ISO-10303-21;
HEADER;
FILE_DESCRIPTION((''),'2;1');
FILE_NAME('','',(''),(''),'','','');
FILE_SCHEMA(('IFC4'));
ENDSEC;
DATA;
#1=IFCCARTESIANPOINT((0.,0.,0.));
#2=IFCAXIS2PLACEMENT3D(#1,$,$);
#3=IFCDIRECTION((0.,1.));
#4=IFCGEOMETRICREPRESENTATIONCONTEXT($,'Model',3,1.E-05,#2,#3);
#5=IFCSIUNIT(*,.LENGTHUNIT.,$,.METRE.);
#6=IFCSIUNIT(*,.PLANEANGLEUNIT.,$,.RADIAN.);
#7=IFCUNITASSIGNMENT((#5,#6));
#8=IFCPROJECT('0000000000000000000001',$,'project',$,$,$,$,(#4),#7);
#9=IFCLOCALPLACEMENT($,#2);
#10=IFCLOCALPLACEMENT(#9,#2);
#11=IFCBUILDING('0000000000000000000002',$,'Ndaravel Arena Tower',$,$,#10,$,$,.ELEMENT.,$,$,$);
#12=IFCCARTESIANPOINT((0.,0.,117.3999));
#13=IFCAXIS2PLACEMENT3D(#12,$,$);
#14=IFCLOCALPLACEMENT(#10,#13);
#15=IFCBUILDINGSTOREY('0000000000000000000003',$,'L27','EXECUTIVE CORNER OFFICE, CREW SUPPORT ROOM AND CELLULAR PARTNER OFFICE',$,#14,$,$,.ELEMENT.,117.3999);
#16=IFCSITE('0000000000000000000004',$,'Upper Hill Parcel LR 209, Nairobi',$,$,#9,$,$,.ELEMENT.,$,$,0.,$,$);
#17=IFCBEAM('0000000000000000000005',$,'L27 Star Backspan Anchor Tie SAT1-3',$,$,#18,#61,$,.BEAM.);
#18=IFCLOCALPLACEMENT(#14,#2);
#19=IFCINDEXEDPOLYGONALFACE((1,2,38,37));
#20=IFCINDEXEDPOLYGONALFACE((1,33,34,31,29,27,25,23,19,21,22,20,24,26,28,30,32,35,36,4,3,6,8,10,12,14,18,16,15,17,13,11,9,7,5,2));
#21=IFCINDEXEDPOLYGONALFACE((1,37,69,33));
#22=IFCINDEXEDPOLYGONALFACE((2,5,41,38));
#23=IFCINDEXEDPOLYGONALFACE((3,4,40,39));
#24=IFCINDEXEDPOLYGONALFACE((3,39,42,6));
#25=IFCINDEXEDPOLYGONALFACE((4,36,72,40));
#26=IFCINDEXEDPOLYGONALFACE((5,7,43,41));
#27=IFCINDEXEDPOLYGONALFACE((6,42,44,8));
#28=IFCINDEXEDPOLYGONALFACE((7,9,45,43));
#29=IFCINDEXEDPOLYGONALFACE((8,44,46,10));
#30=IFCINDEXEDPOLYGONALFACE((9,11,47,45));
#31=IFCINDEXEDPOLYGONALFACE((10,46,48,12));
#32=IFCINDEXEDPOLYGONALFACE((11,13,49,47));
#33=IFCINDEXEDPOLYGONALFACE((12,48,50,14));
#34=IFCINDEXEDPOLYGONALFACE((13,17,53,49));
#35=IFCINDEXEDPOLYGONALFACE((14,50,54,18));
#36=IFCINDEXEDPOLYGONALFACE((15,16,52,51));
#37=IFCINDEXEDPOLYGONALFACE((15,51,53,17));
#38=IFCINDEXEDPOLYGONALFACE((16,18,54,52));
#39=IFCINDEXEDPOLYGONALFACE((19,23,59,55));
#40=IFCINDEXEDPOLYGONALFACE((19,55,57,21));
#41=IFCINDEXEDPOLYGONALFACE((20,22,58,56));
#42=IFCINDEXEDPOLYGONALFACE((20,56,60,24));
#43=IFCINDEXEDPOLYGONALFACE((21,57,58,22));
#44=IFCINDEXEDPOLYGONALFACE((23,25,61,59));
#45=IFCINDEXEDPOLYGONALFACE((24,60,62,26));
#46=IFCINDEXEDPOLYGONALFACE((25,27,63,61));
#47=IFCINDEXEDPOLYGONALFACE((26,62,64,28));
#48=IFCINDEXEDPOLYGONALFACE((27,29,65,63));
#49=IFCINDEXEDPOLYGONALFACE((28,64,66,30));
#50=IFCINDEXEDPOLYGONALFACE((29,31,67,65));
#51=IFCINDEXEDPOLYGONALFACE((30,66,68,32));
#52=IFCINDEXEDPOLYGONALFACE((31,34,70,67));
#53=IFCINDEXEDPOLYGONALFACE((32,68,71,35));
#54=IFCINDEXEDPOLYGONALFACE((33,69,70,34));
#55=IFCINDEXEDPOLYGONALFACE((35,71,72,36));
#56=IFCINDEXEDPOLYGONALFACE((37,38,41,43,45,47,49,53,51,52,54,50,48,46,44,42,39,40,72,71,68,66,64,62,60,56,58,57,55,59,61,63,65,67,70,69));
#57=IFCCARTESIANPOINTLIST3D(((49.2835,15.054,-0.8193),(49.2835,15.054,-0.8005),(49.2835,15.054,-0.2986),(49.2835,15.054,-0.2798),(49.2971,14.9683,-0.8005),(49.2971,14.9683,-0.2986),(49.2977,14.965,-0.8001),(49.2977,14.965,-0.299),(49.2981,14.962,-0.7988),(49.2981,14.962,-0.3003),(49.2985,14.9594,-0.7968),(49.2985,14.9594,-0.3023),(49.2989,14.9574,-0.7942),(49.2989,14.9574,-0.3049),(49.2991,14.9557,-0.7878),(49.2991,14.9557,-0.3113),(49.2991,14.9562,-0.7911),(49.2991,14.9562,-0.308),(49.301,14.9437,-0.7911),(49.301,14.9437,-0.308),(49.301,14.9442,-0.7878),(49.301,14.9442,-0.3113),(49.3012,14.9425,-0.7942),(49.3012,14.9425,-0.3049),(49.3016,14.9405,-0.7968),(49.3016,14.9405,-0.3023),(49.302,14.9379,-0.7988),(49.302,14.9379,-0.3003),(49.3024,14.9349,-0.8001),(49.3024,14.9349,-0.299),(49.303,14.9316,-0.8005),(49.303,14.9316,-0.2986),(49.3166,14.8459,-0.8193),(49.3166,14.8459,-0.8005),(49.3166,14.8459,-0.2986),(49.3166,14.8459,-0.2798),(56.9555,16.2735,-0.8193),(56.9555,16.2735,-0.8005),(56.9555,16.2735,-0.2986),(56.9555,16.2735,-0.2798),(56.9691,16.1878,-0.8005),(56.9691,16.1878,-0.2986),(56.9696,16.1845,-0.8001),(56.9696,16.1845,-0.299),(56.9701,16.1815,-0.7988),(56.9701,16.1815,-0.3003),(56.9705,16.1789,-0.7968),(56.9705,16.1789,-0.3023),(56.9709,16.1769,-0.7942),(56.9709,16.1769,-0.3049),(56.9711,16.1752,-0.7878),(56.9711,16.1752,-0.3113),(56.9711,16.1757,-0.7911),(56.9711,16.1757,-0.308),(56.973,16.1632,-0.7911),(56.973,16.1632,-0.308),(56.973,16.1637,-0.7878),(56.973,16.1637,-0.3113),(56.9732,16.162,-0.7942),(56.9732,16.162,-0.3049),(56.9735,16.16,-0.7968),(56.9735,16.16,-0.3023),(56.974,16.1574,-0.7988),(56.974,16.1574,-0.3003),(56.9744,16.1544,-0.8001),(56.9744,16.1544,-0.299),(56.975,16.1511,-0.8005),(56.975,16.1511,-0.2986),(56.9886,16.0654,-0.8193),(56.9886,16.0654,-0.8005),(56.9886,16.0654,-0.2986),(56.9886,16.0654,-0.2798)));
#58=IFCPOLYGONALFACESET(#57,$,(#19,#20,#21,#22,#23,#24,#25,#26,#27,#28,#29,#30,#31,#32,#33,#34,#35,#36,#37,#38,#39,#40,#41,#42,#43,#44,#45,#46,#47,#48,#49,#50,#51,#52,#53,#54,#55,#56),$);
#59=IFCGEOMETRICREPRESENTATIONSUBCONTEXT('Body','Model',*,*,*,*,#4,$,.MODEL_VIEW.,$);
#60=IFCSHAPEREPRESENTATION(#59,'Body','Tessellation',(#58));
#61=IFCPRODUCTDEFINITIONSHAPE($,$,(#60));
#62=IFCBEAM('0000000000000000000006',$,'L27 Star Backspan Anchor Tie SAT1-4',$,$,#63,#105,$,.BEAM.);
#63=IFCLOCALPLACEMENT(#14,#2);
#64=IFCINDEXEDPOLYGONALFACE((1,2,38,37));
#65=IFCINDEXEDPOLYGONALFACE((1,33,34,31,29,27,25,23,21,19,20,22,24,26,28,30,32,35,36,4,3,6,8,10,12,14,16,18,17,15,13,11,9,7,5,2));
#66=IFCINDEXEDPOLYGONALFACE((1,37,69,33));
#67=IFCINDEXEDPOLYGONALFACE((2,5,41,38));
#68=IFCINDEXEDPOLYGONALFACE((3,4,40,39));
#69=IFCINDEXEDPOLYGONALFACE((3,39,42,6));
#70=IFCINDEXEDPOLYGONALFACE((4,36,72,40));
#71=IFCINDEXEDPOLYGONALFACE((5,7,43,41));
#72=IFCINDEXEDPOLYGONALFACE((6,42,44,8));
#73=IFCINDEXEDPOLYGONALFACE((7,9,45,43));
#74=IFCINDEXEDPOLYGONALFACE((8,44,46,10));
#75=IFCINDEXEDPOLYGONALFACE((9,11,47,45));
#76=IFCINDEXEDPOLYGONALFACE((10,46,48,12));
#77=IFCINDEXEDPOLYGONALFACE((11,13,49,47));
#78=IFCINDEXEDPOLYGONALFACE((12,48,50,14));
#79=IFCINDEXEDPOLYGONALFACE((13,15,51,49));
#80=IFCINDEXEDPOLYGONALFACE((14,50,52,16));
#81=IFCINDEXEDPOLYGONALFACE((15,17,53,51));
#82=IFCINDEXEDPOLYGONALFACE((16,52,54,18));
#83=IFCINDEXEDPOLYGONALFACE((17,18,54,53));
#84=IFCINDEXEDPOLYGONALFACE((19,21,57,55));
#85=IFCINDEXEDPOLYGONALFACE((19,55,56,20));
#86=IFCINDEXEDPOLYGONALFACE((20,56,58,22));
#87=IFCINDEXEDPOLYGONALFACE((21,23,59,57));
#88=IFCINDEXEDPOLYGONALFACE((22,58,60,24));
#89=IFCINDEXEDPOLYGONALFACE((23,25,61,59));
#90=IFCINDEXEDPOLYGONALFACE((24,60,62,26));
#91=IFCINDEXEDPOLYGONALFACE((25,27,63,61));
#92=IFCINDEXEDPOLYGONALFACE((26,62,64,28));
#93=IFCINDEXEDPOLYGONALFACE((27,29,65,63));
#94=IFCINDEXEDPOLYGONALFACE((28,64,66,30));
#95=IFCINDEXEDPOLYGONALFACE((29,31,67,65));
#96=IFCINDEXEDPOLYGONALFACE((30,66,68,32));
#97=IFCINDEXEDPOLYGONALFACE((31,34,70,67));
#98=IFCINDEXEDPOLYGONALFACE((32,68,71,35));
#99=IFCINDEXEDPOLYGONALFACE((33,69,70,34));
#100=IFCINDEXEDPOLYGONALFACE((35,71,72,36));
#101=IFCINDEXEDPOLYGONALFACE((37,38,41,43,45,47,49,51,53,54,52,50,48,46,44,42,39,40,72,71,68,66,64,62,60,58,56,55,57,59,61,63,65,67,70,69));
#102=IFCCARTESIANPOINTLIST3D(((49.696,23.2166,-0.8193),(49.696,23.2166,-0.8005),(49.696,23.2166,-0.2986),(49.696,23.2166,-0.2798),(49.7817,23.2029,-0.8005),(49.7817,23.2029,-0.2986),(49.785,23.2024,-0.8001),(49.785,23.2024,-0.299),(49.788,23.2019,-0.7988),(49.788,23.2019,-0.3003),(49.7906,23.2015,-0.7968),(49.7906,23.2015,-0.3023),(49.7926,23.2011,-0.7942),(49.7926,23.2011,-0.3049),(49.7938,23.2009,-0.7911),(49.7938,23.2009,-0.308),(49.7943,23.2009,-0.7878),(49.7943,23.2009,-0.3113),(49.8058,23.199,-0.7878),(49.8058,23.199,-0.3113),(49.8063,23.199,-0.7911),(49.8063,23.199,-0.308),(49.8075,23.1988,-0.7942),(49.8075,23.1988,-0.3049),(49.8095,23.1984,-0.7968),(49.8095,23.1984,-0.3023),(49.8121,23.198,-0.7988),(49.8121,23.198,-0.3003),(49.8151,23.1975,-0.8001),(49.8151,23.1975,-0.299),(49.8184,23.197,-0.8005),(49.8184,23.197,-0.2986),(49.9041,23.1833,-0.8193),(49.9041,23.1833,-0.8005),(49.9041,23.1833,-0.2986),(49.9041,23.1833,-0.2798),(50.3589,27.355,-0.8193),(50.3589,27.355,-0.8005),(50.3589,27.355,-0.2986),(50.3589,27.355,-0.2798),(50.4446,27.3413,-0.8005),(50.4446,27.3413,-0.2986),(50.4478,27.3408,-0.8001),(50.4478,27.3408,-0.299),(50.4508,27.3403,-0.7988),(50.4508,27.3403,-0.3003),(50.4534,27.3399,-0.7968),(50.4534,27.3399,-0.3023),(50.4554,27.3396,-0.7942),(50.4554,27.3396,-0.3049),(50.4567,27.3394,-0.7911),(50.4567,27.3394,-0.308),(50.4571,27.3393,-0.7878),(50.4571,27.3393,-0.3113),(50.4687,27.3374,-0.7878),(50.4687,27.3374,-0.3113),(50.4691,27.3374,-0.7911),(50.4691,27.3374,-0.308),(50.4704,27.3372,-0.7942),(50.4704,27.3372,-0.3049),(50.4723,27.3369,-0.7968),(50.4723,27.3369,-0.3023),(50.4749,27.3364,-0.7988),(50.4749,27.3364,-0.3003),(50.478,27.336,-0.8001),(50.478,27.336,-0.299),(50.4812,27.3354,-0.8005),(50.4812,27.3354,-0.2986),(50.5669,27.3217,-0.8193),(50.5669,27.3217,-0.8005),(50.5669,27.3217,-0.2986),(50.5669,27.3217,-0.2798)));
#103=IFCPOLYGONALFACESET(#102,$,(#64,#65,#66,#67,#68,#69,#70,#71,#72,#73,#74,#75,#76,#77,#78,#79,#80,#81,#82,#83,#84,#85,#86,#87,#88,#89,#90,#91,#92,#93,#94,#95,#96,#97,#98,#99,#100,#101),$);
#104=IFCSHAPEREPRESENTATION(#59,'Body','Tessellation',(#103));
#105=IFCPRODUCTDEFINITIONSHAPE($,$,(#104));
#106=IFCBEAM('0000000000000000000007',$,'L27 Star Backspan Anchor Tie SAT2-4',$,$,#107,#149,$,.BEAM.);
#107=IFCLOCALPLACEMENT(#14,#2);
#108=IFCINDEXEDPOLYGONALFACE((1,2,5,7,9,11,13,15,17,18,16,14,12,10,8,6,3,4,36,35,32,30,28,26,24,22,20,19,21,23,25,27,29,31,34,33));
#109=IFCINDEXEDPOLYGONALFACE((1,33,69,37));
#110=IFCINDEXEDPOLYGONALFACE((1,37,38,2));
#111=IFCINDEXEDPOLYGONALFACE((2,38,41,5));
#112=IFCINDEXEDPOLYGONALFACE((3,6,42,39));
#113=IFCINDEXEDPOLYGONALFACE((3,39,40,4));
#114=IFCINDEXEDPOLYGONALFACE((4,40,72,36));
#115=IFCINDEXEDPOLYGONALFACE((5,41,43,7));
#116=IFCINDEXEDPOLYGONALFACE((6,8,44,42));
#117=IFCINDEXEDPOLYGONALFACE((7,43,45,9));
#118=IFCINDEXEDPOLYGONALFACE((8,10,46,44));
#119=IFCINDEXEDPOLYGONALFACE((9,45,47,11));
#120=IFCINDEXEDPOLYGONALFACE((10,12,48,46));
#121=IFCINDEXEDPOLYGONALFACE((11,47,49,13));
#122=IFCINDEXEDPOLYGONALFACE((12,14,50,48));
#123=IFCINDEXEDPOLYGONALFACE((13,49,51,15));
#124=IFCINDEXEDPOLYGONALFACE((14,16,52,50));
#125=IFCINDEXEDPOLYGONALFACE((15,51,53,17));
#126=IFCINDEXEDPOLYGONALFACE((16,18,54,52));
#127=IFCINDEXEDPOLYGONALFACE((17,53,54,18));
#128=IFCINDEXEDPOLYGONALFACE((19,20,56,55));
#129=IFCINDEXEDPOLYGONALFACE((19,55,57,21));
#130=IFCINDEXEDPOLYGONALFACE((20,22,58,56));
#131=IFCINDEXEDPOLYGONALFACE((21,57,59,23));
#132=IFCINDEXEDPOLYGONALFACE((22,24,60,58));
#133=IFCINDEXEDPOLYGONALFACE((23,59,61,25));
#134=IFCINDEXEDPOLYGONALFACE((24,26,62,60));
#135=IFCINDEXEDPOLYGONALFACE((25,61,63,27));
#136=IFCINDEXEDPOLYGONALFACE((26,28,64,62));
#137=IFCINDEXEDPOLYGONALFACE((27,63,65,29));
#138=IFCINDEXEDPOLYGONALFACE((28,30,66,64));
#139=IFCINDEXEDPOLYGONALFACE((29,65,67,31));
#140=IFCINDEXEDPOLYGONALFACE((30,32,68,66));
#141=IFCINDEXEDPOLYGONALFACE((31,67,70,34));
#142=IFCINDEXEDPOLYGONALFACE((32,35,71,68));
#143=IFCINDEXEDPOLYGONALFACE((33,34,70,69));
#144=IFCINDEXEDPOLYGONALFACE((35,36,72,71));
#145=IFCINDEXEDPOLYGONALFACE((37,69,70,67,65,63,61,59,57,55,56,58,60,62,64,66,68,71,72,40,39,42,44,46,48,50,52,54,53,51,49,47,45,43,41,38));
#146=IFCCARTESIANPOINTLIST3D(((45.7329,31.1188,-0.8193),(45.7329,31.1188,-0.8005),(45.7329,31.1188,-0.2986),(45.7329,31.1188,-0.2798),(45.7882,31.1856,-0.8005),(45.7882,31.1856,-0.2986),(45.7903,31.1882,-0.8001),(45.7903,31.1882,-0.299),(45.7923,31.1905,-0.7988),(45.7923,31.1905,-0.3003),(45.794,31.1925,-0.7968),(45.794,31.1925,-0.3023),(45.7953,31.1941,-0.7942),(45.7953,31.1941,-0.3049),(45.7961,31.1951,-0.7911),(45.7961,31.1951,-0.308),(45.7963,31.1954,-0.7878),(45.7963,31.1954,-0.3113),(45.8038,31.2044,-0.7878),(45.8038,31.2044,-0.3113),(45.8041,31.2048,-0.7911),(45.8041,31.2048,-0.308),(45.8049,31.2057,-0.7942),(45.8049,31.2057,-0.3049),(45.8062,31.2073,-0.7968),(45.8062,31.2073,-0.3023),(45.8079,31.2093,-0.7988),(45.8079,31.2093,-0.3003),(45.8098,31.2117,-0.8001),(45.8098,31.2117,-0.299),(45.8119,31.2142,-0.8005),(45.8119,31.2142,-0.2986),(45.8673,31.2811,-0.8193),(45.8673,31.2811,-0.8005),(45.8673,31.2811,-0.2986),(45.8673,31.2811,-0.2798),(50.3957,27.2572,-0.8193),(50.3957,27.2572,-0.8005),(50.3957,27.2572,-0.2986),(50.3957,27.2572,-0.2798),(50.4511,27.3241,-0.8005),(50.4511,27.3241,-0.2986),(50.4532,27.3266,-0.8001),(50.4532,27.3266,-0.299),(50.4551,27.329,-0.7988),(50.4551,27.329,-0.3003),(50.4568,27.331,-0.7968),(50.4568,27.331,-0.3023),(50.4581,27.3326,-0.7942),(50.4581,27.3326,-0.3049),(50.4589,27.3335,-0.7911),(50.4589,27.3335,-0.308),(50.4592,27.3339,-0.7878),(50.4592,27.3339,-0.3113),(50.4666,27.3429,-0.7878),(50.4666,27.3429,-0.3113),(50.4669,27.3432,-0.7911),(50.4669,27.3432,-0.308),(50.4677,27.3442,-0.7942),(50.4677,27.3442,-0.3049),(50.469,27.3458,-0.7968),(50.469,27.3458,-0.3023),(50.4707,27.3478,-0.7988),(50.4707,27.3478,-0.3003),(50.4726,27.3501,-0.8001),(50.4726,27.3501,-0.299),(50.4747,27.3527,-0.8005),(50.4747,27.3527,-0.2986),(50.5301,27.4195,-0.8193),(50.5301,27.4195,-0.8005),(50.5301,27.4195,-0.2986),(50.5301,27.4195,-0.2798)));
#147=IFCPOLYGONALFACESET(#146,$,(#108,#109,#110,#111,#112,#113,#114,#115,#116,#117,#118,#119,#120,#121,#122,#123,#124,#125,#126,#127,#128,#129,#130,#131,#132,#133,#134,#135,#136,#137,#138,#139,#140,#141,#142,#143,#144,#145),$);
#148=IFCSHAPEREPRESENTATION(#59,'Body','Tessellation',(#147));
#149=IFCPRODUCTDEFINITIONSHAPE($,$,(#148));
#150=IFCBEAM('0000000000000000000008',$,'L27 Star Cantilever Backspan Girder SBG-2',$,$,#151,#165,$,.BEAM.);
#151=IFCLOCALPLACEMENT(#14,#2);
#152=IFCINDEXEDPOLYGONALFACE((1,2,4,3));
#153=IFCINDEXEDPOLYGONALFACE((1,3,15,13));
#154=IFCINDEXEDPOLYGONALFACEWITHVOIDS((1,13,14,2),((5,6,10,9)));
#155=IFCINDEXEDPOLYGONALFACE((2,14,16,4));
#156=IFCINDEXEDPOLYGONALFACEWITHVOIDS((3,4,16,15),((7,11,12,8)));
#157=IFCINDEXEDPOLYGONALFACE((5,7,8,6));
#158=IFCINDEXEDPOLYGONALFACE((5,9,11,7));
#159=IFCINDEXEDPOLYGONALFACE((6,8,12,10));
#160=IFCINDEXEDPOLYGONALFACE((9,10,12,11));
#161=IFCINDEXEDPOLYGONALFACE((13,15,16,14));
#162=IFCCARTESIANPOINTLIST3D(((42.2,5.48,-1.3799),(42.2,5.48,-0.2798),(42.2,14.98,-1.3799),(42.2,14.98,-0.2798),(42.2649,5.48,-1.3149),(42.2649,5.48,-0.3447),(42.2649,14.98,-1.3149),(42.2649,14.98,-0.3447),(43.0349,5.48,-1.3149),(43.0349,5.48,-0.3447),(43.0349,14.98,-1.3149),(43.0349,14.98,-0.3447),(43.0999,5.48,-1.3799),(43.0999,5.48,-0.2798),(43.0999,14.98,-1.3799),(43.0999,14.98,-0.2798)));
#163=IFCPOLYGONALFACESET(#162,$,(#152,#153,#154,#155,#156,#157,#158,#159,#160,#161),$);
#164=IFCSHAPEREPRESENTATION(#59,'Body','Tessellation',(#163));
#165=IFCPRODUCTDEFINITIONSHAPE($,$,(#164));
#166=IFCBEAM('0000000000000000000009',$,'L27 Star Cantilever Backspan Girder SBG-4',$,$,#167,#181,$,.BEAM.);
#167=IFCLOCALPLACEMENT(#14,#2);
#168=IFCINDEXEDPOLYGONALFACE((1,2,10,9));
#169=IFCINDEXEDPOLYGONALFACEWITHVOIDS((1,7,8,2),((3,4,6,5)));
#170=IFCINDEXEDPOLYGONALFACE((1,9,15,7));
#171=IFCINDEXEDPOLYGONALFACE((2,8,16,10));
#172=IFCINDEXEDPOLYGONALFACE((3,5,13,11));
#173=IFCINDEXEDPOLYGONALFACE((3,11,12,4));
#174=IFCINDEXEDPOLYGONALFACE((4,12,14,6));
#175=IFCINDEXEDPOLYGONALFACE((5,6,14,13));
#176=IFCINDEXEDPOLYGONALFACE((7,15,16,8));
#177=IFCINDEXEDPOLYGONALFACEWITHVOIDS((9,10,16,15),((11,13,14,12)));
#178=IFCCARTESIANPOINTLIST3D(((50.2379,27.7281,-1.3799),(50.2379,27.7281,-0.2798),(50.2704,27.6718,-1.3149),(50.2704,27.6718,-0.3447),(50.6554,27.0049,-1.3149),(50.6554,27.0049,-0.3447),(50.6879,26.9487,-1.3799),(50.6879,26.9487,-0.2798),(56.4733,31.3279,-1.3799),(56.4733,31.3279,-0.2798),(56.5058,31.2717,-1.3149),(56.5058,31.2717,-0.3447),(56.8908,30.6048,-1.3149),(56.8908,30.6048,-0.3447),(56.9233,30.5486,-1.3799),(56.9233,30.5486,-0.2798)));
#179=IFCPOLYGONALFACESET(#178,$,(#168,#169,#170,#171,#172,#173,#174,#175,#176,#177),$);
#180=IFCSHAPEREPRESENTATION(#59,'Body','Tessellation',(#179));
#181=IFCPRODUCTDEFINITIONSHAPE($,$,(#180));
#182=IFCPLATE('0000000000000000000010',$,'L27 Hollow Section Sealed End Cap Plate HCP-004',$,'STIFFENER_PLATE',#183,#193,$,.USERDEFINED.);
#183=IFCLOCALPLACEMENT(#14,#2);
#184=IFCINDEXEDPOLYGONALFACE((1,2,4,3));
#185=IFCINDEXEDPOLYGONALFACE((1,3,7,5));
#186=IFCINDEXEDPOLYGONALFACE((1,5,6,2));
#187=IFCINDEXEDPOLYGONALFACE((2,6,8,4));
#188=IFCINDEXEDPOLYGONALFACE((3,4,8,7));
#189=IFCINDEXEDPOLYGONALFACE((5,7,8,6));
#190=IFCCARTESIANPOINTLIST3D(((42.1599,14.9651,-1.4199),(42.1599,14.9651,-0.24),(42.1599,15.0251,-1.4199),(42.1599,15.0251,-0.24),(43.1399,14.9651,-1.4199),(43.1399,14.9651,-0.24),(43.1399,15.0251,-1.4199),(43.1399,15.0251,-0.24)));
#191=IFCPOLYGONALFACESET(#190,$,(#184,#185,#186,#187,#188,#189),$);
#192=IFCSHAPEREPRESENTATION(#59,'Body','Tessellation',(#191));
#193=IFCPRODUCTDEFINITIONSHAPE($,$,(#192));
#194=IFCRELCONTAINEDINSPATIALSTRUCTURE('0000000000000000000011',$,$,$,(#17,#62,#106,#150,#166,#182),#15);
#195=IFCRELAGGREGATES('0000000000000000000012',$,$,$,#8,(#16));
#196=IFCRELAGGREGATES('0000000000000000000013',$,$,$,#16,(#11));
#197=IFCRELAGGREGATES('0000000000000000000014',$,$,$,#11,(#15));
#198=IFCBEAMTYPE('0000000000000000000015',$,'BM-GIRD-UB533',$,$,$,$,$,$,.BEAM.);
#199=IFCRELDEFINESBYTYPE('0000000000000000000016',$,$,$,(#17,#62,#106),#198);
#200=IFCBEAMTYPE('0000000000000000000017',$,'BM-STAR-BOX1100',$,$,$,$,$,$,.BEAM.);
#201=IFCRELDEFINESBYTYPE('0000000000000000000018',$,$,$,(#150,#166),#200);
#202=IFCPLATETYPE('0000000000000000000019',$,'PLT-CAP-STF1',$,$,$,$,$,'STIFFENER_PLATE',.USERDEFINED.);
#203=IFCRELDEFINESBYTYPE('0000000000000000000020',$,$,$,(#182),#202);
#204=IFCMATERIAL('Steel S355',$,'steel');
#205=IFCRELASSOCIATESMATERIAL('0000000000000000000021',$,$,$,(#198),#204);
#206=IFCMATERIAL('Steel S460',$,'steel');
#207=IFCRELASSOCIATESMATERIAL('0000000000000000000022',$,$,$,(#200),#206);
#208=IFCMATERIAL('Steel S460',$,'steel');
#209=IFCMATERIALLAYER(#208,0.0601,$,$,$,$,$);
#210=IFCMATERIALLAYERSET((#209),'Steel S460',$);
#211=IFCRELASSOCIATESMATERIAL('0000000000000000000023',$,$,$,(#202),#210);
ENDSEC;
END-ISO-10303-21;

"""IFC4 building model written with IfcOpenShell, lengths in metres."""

from ifc_helpers import new_model, si_unit, direction, frame, origin, origin_2d, place, context, subcontext, project, spatial, rectangle, hollow_rectangle, i_section, extrude, material, layer, layer_set, material_profile, profile_set, type_object, element, save


model = new_model("IFC4")

# Units and contexts
model_context = context("Model", 3, precision=1e-05, world=origin(), true_north=direction((0.0, 1.0)))
body_context = subcontext(model_context, "Body", "Model", "MODEL_VIEW")
ifc_project = project(units=[si_unit("LENGTHUNIT", "METRE"), si_unit("PLANEANGLEUNIT", "RADIAN")], contexts=[model_context])

# Site, building, storey
site_placement = place(None, origin())
site = spatial("IfcSite", under=ifc_project, at=site_placement, Name="Upper Hill Parcel LR 209, Nairobi", CompositionType="ELEMENT", RefElevation=0.0)
building_placement = place(site_placement, origin())
building = spatial("IfcBuilding", under=site, at=building_placement, Name="Ndaravel Arena Tower", CompositionType="ELEMENT")
storey_placement = place(building_placement, frame((0.0, 0.0, 117.3999)))
storey = spatial("IfcBuildingStorey", under=building, at=storey_placement, Name="L27", Description="EXECUTIVE CORNER OFFICE, CREW SUPPORT ROOM AND CELLULAR PARTNER OFFICE", CompositionType="ELEMENT", Elevation=117.3999)

# Beams
ifc_material_1 = material(Name="Steel S355", Category="steel")
ifc_material_profile_1 = material_profile(ifc_material_1, i_section(OverallWidth=0.2107, OverallDepth=0.5396, WebThickness=0.0117, FlangeThickness=0.0188, FilletRadius=0.0127, at=origin_2d()), Name="UB 533x210x109")
ifc_profile_set_1 = profile_set([ifc_material_profile_1], Name="Steel S355")
beam_type_1 = type_object("IfcBeamType", Name="BM-GIRD-UB533", PredefinedType="BEAM", material=ifc_profile_set_1)
beam_1_placement = place(storey_placement, frame((49.3, 14.95, -0.5496), z_axis=(0.987601, 0.156984, 0.0), x_axis=(-0.156984, 0.987601, 0.0)))
element("IfcBeam", 1, at=beam_1_placement, inside=storey, type_object=beam_type_1, Name="L27 Star Backspan Anchor Tie SAT1-3", PredefinedType="BEAM", context=body_context, shape_type="SweptSolid", body=[
    extrude(i_section(OverallWidth=0.2107, OverallDepth=0.5396, WebThickness=0.0117, FlangeThickness=0.0188, FilletRadius=0.0127, at=origin_2d()), origin(), (0.0, 0.0, 1.0), 7.7683),
])
beam_2_placement = place(storey_placement, frame((49.8, 23.2, -0.5496), z_axis=(0.158152, 0.987415, 0.0), x_axis=(-0.987415, 0.158152, 0.0)))
element("IfcBeam", 2, at=beam_2_placement, inside=storey, type_object=beam_type_1, Name="L27 Star Backspan Anchor Tie SAT1-4", PredefinedType="BEAM", context=body_context, shape_type="SweptSolid", body=[
    extrude(i_section(OverallWidth=0.2107, OverallDepth=0.5396, WebThickness=0.0117, FlangeThickness=0.0188, FilletRadius=0.0127, at=origin_2d()), origin(), (0.0, 0.0, 1.0), 4.1912),
])
beam_3_placement = place(storey_placement, frame((50.4629, 27.3384, -0.5496), z_axis=(-0.770178, 0.637829, 0.0), x_axis=(-0.637829, -0.770178, 0.0)))
element("IfcBeam", 3, at=beam_3_placement, inside=storey, type_object=beam_type_1, Name="L27 Star Backspan Anchor Tie SAT2-4", PredefinedType="BEAM", context=body_context, shape_type="SweptSolid", body=[
    extrude(i_section(OverallWidth=0.2107, OverallDepth=0.5396, WebThickness=0.0117, FlangeThickness=0.0188, FilletRadius=0.0127, at=origin_2d()), origin(), (0.0, 0.0, 1.0), 6.0542),
])
ifc_material_2 = material(Name="Steel S460", Category="steel")
ifc_material_profile_2 = material_profile(ifc_material_2, hollow_rectangle(XDim=0.8999, YDim=1.1001, WallThickness=0.0649, at=origin_2d()), Name="BOX 1100x900x65")
ifc_profile_set_2 = profile_set([ifc_material_profile_2], Name="Steel S460")
beam_type_2 = type_object("IfcBeamType", Name="BM-STAR-BOX1100", PredefinedType="BEAM", material=ifc_profile_set_2)
beam_4_placement = place(storey_placement, frame((42.6499, 14.98, -0.8298), z_axis=(0.0, -1.0, 0.0), x_axis=(1.0, 0.0, 0.0)))
element("IfcBeam", 4, at=beam_4_placement, inside=storey, type_object=beam_type_2, Name="L27 Star Cantilever Backspan Girder SBG-2", PredefinedType="BEAM", context=body_context, shape_type="SweptSolid", body=[
    extrude(hollow_rectangle(XDim=0.8999, YDim=1.1001, WallThickness=0.0649, at=origin_2d()), origin(), (0.0, 0.0, 1.0), 9.5),
])
beam_5_placement = place(storey_placement, frame((50.4629, 27.3384, -0.8298), z_axis=(0.866033, 0.499987, 0.0), x_axis=(-0.499987, 0.866033, 0.0)))
element("IfcBeam", 5, at=beam_5_placement, inside=storey, type_object=beam_type_2, Name="L27 Star Cantilever Backspan Girder SBG-4", PredefinedType="BEAM", context=body_context, shape_type="SweptSolid", body=[
    extrude(hollow_rectangle(XDim=0.8999, YDim=1.1001, WallThickness=0.0649, at=origin_2d()), origin(), (0.0, 0.0, 1.0), 7.2),
])

# Plate
ifc_material_3 = material(Name="Steel S460", Category="steel")
ifc_layer_1 = layer(ifc_material_3, 0.0601)
ifc_layer_set_1 = layer_set([ifc_layer_1], Name="Steel S460")
plate_type = type_object("IfcPlateType", Name="PLT-CAP-STF1", ElementType="STIFFENER_PLATE", PredefinedType="USERDEFINED", material=ifc_layer_set_1)
for number, where, z_axis, x_axis, name in (
    (6, (42.6499, 14.9951, -1.4199), (0.0, 0.0, 1.0), (0.0, -1.0, 0.0), "L27 Hollow Section Sealed End Cap Plate HCP-004"),
):
    element("IfcPlate", number, at=place(storey_placement, frame(where, z_axis=z_axis, x_axis=x_axis)), inside=storey, type_object=plate_type, Name=name, ObjectType="STIFFENER_PLATE", PredefinedType="USERDEFINED", context=body_context, shape_type="SweptSolid", body=[
        extrude(rectangle(XDim=0.0601, YDim=0.98, at=origin_2d()), origin(), (0.0, 0.0, 1.0), 1.1799),
    ])

save(model, "model.ifc")
